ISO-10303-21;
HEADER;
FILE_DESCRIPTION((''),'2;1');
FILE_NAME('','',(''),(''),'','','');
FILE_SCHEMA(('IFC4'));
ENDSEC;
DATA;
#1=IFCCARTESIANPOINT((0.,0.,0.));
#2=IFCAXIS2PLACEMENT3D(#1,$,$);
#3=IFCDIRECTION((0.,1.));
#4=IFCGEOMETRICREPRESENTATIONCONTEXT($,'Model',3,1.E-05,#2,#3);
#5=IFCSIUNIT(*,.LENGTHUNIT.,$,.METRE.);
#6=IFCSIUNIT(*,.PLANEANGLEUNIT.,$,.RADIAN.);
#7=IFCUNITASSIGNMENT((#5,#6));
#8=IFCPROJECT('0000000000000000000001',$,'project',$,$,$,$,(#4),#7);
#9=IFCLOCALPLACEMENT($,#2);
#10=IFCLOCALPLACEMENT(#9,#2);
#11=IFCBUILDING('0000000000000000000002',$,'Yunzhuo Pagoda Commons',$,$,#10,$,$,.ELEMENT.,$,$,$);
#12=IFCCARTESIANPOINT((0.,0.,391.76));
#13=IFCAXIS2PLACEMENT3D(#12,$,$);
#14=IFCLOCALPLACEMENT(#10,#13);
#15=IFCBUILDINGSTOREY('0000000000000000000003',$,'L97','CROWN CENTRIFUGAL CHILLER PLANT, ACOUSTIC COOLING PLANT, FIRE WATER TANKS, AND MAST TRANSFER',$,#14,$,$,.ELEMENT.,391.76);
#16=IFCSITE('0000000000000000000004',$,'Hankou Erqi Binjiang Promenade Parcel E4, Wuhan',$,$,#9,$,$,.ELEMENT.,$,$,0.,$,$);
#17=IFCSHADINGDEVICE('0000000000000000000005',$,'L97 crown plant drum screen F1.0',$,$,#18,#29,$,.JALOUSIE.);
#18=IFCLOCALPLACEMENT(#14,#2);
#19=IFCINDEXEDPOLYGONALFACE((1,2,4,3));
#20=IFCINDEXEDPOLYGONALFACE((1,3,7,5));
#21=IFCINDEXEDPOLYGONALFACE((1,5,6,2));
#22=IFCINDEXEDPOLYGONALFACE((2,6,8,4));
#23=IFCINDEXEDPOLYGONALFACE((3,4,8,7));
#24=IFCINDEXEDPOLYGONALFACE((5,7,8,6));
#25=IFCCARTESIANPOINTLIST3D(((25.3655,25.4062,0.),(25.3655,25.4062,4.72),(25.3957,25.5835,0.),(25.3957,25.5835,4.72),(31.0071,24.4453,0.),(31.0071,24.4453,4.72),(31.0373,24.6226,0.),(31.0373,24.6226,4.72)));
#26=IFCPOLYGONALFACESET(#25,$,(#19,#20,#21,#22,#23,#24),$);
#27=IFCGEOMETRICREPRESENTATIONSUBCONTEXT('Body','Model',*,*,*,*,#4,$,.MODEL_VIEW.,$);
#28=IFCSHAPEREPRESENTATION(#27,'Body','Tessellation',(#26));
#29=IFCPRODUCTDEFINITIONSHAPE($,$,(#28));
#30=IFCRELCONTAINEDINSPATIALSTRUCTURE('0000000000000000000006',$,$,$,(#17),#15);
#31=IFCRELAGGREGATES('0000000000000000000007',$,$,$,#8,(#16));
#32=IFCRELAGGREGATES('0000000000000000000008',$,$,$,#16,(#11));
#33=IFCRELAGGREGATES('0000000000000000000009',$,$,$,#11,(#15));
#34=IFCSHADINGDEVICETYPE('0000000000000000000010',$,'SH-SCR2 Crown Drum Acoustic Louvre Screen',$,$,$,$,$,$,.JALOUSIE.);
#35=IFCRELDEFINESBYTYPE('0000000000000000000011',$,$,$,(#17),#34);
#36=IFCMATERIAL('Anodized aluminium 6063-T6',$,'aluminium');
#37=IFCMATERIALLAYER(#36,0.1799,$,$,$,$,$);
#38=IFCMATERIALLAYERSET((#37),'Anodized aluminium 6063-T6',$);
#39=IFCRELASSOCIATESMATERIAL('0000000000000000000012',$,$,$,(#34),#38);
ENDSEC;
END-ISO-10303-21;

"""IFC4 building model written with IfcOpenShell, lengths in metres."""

from ifc_helpers import new_model, si_unit, direction, frame, origin, origin_2d, place, context, subcontext, project, spatial, rectangle, extrude, source, transform, mapped, material, layer, layer_set, type_object, element, save


model = new_model("IFC4")

# Units and contexts
model_context = context("Model", 3, precision=1e-05, world=origin(), true_north=direction((0.0, 1.0)))
body_context = subcontext(model_context, "Body", "Model", "MODEL_VIEW")
ifc_project = project(units=[si_unit("LENGTHUNIT", "METRE"), si_unit("PLANEANGLEUNIT", "RADIAN")], contexts=[model_context])

# Site, building, storey
site_placement = place(None, origin())
site = spatial("IfcSite", under=ifc_project, at=site_placement, Name="Hankou Erqi Binjiang Promenade Parcel E4, Wuhan", CompositionType="ELEMENT", RefElevation=0.0)
building_placement = place(site_placement, origin())
building = spatial("IfcBuilding", under=site, at=building_placement, Name="Yunzhuo Pagoda Commons", CompositionType="ELEMENT")
storey_placement = place(building_placement, frame((0.0, 0.0, 391.76)))
storey = spatial("IfcBuildingStorey", under=building, at=storey_placement, Name="L97", Description="CROWN CENTRIFUGAL CHILLER PLANT, ACOUSTIC COOLING PLANT, FIRE WATER TANKS, AND MAST TRANSFER", CompositionType="ELEMENT", Elevation=391.76)

# Shared definitions
ifc_material_1 = material(Name="Anodized aluminium 6063-T6", Category="aluminium")

# Shading device
ifc_layer_1 = layer(ifc_material_1, 0.1799)
ifc_layer_set_1 = layer_set([ifc_layer_1], Name="Anodized aluminium 6063-T6")
shading_device_type = type_object("IfcShadingDeviceType", Name="SH-SCR2 Crown Drum Acoustic Louvre Screen", PredefinedType="JALOUSIE", material=ifc_layer_set_1)
shared_shape_1 = source(origin(), body_context, "Body", "SweptSolid", [
    extrude(rectangle(XDim=5.7229, YDim=0.1799, at=origin_2d()), origin(), (0.0, 0.0, 1.0), 4.72),
])
shading_device_placement = place(storey_placement, frame((28.2014, 25.0144, 0.0), z_axis=(0.0, 0.0, 1.0), x_axis=(0.985803, -0.167904, 0.0)))
element("IfcShadingDevice", 1, at=shading_device_placement, inside=storey, type_object=shading_device_type, Name="L97 crown plant drum screen F1.0", PredefinedType="JALOUSIE", context=body_context, shape_type="MappedRepresentation", body=[
    mapped(shared_shape_1, transform((0.0, 0.0, 0.0), scale=1.0)),
])

save(model, "model.ifc")
